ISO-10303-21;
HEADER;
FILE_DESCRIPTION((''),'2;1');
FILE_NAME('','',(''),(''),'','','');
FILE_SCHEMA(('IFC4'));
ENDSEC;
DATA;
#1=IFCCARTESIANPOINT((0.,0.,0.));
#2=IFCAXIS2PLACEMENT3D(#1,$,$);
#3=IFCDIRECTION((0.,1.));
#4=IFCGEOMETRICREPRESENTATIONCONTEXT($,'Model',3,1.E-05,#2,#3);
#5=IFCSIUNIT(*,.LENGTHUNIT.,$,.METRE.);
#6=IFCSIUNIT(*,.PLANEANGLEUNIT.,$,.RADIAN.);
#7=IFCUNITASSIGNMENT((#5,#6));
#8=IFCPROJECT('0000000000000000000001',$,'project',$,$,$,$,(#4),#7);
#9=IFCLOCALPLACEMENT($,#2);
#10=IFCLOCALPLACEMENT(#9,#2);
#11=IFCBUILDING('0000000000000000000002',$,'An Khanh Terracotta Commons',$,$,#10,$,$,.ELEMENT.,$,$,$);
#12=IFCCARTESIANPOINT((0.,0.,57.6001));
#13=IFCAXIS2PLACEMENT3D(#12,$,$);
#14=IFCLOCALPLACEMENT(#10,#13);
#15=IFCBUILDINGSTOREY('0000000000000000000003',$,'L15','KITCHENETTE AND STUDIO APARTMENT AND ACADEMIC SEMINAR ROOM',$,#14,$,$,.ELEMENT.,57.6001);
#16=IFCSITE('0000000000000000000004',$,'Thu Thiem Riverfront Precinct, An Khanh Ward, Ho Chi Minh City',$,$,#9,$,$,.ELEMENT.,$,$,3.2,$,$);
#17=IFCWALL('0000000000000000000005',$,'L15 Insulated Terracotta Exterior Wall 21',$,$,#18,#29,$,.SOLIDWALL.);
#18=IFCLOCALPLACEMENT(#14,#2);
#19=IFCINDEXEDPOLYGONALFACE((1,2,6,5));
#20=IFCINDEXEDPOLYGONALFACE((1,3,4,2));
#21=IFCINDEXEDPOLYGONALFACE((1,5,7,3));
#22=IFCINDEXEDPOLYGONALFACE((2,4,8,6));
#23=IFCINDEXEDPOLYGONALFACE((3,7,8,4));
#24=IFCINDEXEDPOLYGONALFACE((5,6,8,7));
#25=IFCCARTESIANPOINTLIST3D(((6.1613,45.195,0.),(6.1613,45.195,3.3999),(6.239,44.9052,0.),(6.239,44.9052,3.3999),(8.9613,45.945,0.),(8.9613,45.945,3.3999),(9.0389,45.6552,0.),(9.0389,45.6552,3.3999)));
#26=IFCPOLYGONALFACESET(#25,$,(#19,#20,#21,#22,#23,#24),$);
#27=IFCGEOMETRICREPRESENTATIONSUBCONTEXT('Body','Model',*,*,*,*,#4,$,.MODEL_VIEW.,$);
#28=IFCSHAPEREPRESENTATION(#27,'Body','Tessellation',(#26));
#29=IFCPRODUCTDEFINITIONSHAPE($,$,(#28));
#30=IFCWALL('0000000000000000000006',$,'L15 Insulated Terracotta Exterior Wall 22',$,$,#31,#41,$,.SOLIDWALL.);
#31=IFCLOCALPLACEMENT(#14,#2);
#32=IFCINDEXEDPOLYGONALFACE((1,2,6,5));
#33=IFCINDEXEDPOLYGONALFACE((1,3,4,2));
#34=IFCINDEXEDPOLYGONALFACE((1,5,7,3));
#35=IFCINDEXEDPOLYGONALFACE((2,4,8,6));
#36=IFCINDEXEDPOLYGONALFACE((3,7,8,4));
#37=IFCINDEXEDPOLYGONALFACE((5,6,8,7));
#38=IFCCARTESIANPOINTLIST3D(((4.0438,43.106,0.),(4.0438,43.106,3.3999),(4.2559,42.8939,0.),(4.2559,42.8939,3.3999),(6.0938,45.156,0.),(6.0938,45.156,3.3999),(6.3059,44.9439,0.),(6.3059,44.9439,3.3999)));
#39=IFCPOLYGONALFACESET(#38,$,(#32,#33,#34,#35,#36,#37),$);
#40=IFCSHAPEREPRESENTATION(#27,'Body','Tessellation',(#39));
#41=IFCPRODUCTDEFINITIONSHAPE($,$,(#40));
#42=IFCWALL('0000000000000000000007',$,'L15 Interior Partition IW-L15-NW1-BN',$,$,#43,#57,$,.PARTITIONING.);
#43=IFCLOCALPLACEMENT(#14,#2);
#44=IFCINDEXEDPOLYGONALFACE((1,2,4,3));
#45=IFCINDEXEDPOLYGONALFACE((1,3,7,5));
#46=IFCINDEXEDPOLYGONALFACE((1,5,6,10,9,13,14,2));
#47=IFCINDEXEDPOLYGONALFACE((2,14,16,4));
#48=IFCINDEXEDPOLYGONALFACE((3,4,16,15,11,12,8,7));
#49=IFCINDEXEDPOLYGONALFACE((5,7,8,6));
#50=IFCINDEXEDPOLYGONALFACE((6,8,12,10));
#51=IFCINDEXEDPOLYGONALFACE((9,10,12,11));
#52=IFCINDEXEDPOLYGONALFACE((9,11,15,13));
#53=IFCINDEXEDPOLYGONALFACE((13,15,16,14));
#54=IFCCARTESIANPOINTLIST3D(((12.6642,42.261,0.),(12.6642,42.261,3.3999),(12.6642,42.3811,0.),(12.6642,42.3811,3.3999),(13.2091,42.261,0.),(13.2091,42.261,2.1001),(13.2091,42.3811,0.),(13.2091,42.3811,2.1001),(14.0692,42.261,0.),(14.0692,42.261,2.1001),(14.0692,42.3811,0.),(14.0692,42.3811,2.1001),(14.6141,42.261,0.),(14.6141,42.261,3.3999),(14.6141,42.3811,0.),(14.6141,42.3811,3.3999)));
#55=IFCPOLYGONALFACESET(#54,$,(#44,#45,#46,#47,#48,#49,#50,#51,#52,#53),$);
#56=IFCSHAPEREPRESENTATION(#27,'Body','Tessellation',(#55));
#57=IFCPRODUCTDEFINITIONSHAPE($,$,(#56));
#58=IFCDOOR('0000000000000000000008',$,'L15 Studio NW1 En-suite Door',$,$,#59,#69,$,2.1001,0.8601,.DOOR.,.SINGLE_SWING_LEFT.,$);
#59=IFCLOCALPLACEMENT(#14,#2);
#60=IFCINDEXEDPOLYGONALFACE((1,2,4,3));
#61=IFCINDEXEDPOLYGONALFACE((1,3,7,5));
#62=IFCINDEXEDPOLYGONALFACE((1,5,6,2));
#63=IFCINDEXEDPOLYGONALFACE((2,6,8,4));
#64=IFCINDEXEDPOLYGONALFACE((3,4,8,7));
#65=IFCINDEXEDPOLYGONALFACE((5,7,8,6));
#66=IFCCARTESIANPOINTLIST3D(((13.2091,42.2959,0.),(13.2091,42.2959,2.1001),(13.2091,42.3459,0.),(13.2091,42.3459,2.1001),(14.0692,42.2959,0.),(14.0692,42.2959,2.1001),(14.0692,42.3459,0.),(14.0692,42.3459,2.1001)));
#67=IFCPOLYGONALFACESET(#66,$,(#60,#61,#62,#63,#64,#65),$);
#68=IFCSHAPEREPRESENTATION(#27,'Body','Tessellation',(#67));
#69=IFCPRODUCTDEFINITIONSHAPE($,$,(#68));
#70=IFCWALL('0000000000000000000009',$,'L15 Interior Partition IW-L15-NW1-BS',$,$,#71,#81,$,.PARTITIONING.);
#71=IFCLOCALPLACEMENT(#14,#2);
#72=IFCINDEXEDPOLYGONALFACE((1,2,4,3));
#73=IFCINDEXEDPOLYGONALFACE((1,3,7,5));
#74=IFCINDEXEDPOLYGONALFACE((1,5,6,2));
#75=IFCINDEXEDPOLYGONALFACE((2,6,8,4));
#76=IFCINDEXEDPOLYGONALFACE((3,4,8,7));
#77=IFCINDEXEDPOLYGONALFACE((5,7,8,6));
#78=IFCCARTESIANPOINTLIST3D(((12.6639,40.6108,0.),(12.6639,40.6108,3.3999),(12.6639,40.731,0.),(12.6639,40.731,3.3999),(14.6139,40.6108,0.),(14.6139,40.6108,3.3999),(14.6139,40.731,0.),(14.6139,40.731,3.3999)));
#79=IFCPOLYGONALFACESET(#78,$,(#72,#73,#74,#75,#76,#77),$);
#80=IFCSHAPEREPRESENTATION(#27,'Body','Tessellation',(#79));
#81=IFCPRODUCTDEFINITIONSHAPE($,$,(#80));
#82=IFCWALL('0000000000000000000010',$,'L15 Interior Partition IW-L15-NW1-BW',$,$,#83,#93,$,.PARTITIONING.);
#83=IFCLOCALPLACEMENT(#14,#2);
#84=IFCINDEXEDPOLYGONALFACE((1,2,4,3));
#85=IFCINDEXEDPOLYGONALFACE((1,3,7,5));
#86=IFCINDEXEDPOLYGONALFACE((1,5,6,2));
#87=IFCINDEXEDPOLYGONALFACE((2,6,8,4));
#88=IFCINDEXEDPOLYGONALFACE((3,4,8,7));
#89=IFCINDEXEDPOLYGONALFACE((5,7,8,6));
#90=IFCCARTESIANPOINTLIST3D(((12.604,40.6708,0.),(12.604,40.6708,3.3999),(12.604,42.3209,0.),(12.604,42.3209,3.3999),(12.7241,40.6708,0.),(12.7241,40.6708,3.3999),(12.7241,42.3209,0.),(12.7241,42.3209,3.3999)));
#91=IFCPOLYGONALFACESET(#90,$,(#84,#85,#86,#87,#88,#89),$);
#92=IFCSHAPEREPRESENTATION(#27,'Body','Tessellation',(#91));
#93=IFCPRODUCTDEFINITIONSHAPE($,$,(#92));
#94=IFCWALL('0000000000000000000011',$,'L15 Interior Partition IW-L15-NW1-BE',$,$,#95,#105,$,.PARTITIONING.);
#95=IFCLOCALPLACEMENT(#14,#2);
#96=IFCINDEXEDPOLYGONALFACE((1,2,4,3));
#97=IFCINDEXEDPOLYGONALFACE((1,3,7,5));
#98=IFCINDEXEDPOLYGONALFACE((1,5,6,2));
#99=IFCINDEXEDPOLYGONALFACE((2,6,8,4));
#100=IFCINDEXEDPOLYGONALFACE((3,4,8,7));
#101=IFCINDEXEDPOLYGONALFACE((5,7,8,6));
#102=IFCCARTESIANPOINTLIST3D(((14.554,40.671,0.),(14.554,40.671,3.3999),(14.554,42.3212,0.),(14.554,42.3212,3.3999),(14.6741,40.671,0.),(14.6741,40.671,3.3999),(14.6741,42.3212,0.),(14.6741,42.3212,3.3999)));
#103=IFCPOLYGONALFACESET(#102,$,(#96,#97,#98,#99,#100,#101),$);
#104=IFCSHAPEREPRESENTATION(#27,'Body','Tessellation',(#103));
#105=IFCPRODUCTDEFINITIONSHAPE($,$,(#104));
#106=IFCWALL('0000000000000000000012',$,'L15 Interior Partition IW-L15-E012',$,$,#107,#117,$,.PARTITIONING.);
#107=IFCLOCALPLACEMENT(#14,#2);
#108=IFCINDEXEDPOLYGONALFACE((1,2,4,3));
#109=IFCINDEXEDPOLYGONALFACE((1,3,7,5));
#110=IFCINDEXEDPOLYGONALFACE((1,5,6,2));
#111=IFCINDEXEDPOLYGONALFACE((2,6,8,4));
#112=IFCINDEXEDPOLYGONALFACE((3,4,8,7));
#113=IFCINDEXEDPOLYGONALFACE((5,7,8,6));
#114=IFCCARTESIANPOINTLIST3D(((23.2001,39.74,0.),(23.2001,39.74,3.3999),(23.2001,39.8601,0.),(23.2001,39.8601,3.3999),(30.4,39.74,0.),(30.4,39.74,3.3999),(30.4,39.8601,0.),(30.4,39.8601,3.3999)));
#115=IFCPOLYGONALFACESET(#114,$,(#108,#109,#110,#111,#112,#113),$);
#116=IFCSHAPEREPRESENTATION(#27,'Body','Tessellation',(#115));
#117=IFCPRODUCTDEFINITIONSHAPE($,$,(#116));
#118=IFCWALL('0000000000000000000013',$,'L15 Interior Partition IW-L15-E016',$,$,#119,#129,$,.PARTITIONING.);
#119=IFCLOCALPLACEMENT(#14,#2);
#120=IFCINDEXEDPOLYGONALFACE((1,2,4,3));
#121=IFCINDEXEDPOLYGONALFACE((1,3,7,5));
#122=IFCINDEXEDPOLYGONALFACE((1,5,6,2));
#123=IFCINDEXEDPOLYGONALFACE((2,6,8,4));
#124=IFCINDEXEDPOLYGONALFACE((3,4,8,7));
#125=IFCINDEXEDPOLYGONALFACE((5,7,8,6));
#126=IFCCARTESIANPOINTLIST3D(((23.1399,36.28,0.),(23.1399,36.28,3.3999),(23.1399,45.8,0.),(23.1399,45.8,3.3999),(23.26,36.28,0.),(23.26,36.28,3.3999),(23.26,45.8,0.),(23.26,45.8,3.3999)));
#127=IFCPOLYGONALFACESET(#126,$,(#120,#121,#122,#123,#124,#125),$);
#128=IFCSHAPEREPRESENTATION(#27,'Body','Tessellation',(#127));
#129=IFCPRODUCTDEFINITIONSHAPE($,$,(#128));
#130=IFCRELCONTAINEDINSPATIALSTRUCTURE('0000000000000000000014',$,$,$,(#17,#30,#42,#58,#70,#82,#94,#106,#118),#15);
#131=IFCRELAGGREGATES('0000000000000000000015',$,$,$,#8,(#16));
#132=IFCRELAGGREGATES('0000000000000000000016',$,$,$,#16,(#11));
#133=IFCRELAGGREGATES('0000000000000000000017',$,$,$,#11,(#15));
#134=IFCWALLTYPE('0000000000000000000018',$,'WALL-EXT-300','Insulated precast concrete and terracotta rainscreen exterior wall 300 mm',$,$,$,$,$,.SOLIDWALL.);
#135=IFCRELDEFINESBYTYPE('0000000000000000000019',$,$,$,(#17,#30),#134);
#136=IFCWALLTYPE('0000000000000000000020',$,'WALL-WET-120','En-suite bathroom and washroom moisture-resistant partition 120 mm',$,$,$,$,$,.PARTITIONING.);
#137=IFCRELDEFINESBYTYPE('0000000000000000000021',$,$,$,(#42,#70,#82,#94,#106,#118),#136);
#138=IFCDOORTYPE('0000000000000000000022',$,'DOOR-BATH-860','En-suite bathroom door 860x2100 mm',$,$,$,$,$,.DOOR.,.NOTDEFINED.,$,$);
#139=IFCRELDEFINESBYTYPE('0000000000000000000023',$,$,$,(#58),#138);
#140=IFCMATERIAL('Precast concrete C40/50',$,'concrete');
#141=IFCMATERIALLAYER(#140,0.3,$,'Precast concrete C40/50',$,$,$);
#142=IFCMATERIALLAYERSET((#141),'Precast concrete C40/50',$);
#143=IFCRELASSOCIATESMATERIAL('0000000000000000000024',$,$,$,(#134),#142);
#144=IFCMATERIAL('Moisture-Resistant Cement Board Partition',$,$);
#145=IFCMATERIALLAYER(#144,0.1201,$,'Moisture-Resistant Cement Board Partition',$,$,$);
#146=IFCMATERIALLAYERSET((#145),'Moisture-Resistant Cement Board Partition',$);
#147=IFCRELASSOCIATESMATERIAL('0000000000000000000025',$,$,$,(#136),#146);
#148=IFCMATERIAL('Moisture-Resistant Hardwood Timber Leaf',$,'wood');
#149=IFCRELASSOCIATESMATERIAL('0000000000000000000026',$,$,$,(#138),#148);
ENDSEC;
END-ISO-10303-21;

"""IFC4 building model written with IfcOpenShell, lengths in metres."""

from ifc_helpers import new_model, si_unit, direction, frame, frame_2d, origin, place, context, subcontext, project, spatial, rectangle, extrude, material, layer, layer_set, type_object, element, fill, save


model = new_model("IFC4")

# Units and contexts
model_context = context("Model", 3, precision=1e-05, world=origin(), true_north=direction((0.0, 1.0)))
body_context = subcontext(model_context, "Body", "Model", "MODEL_VIEW")
ifc_project = project(units=[si_unit("LENGTHUNIT", "METRE"), si_unit("PLANEANGLEUNIT", "RADIAN")], contexts=[model_context])

# Site, building, storey
site_placement = place(None, origin())
site = spatial("IfcSite", under=ifc_project, at=site_placement, Name="Thu Thiem Riverfront Precinct, An Khanh Ward, Ho Chi Minh City", CompositionType="ELEMENT", RefElevation=3.2)
building_placement = place(site_placement, origin())
building = spatial("IfcBuilding", under=site, at=building_placement, Name="An Khanh Terracotta Commons", CompositionType="ELEMENT")
storey_placement = place(building_placement, frame((0.0, 0.0, 57.6001)))
storey = spatial("IfcBuildingStorey", under=building, at=storey_placement, Name="L15", Description="KITCHENETTE AND STUDIO APARTMENT AND ACADEMIC SEMINAR ROOM", CompositionType="ELEMENT", Elevation=57.6001)

# Walls
ifc_material_1 = material(Name="Precast concrete C40/50", Category="concrete")
ifc_layer_1 = layer(ifc_material_1, 0.3, Name="Precast concrete C40/50")
ifc_layer_set_1 = layer_set([ifc_layer_1], Name="Precast concrete C40/50")
wall_type_1 = type_object("IfcWallType", Name="WALL-EXT-300", Description="Insulated precast concrete and terracotta rainscreen exterior wall 300 mm", PredefinedType="SOLIDWALL", material=ifc_layer_set_1)
wall_1_placement = place(storey_placement, frame((9.0, 45.8, 0.0), z_axis=(0.0, 0.0, 1.0), x_axis=(-0.965949, -0.258732, 0.0)))
element("IfcWall", 1, at=wall_1_placement, inside=storey, type_object=wall_type_1, Name="L15 Insulated Terracotta Exterior Wall 21", PredefinedType="SOLIDWALL", context=body_context, shape_type="SweptSolid", body=[
    extrude(rectangle(XDim=2.8987, YDim=0.3, at=frame_2d((1.4492, 0.0))), origin(), (0.0, 0.0, 1.0), 3.3999),
])
wall_2_placement = place(storey_placement, frame((6.2, 45.05, 0.0), z_axis=(0.0, 0.0, 1.0), x_axis=(-0.707107, -0.707107, 0.0)))
element("IfcWall", 2, at=wall_2_placement, inside=storey, type_object=wall_type_1, Name="L15 Insulated Terracotta Exterior Wall 22", PredefinedType="SOLIDWALL", context=body_context, shape_type="SweptSolid", body=[
    extrude(rectangle(XDim=2.8992, YDim=0.3, at=frame_2d((1.4497, 0.0))), origin(), (0.0, 0.0, 1.0), 3.3999),
])

# Wall, opening, door
ifc_material_2 = material(Name="Moisture-Resistant Cement Board Partition")
ifc_layer_2 = layer(ifc_material_2, 0.1201, Name="Moisture-Resistant Cement Board Partition")
ifc_layer_set_2 = layer_set([ifc_layer_2], Name="Moisture-Resistant Cement Board Partition")
wall_type_2 = type_object("IfcWallType", Name="WALL-WET-120", Description="En-suite bathroom and washroom moisture-resistant partition 120 mm", PredefinedType="PARTITIONING", material=ifc_layer_set_2)
wall_3_placement = place(storey_placement, frame((12.6641, 42.321, 0.0), z_axis=(0.0, 0.0, 1.0), x_axis=(1.0, 0.0, 0.0)))
wall_3 = element("IfcWall", 3, at=wall_3_placement, inside=storey, type_object=wall_type_2, Name="L15 Interior Partition IW-L15-NW1-BN", PredefinedType="PARTITIONING", context=body_context, shape_type="SweptSolid", body=[
    extrude(rectangle(XDim=1.95, YDim=0.1201, at=frame_2d((0.9751, 0.0))), origin(), (0.0, 0.0, 1.0), 3.3999),
])
opening_placement = place(wall_3_placement, frame((0.5449, 0.0, 0.0)))
opening = element("IfcOpeningElement", 4, at=opening_placement, cuts=wall_3, PredefinedType="OPENING", context=body_context, shape_type="SweptSolid", body=[
    extrude(rectangle(XDim=0.8601, YDim=2.1001, at=frame_2d((0.4302, 1.05))), frame((0.0, 0.0701, 0.0), z_axis=(0.0, -1.0, 0.0), x_axis=(1.0, 0.0, 0.0)), (0.0, 0.0, 1.0), 0.1401),
])
ifc_material_3 = material(Name="Moisture-Resistant Hardwood Timber Leaf", Category="wood")
door_type = type_object("IfcDoorType", Name="DOOR-BATH-860", Description="En-suite bathroom door 860x2100 mm", OperationType="NOTDEFINED", PredefinedType="DOOR", material=ifc_material_3)
door_placement = place(opening_placement, origin())
door = element("IfcDoor", 5, at=door_placement, inside=storey, type_object=door_type, Name="L15 Studio NW1 En-suite Door", OperationType="SINGLE_SWING_LEFT", OverallHeight=2.1001, OverallWidth=0.8601, PredefinedType="DOOR", context=body_context, shape_type="SweptSolid", body=[
    extrude(rectangle(XDim=0.8601, YDim=2.1001, at=frame_2d((0.4302, 1.05))), frame((0.0, 0.0249, 0.0), z_axis=(0.0, -1.0, 0.0), x_axis=(1.0, 0.0, 0.0)), (0.0, 0.0, 1.0), 0.05),
])
fill(opening, door)

# Walls
wall_4_placement = place(storey_placement, frame((14.614, 40.6709, 0.0), z_axis=(0.0, 0.0, 1.0), x_axis=(-1.0, 0.0, 0.0)))
element("IfcWall", 6, at=wall_4_placement, inside=storey, type_object=wall_type_2, Name="L15 Interior Partition IW-L15-NW1-BS", PredefinedType="PARTITIONING", context=body_context, shape_type="SweptSolid", body=[
    extrude(rectangle(XDim=1.95, YDim=0.1201, at=frame_2d((0.9751, 0.0))), origin(), (0.0, 0.0, 1.0), 3.3999),
])
for number, where, z_axis, x_axis, name in (
    (7, (12.6641, 42.321, 0.0), (0.0, 0.0, 1.0), (0.0, -1.0, 0.0), "L15 Interior Partition IW-L15-NW1-BW"),
    (8, (14.614, 40.6709, 0.0), (0.0, 0.0, 1.0), (0.0, 1.0, 0.0), "L15 Interior Partition IW-L15-NW1-BE"),
):
    element("IfcWall", number, at=place(storey_placement, frame(where, z_axis=z_axis, x_axis=x_axis)), inside=storey, type_object=wall_type_2, Name=name, PredefinedType="PARTITIONING", context=body_context, shape_type="SweptSolid", body=[
        extrude(rectangle(XDim=1.6501, YDim=0.1201, at=frame_2d((0.8252, 0.0))), origin(), (0.0, 0.0, 1.0), 3.3999),
    ])
wall_5_placement = place(storey_placement, frame((23.2, 39.8, 0.0), z_axis=(0.0, 0.0, 1.0), x_axis=(1.0, 0.0, 0.0)))
element("IfcWall", 9, at=wall_5_placement, inside=storey, type_object=wall_type_2, Name="L15 Interior Partition IW-L15-E012", PredefinedType="PARTITIONING", context=body_context, shape_type="SweptSolid", body=[
    extrude(rectangle(XDim=7.2, YDim=0.1201, at=frame_2d((3.6001, 0.0))), origin(), (0.0, 0.0, 1.0), 3.3999),
])
wall_6_placement = place(storey_placement, frame((23.2, 36.28, 0.0), z_axis=(0.0, 0.0, 1.0), x_axis=(0.0, 1.0, 0.0)))
element("IfcWall", 10, at=wall_6_placement, inside=storey, type_object=wall_type_2, Name="L15 Interior Partition IW-L15-E016", PredefinedType="PARTITIONING", context=body_context, shape_type="SweptSolid", body=[
    extrude(rectangle(XDim=9.52, YDim=0.1201, at=frame_2d((4.76, 0.0))), origin(), (0.0, 0.0, 1.0), 3.3999),
])

save(model, "model.ifc")
